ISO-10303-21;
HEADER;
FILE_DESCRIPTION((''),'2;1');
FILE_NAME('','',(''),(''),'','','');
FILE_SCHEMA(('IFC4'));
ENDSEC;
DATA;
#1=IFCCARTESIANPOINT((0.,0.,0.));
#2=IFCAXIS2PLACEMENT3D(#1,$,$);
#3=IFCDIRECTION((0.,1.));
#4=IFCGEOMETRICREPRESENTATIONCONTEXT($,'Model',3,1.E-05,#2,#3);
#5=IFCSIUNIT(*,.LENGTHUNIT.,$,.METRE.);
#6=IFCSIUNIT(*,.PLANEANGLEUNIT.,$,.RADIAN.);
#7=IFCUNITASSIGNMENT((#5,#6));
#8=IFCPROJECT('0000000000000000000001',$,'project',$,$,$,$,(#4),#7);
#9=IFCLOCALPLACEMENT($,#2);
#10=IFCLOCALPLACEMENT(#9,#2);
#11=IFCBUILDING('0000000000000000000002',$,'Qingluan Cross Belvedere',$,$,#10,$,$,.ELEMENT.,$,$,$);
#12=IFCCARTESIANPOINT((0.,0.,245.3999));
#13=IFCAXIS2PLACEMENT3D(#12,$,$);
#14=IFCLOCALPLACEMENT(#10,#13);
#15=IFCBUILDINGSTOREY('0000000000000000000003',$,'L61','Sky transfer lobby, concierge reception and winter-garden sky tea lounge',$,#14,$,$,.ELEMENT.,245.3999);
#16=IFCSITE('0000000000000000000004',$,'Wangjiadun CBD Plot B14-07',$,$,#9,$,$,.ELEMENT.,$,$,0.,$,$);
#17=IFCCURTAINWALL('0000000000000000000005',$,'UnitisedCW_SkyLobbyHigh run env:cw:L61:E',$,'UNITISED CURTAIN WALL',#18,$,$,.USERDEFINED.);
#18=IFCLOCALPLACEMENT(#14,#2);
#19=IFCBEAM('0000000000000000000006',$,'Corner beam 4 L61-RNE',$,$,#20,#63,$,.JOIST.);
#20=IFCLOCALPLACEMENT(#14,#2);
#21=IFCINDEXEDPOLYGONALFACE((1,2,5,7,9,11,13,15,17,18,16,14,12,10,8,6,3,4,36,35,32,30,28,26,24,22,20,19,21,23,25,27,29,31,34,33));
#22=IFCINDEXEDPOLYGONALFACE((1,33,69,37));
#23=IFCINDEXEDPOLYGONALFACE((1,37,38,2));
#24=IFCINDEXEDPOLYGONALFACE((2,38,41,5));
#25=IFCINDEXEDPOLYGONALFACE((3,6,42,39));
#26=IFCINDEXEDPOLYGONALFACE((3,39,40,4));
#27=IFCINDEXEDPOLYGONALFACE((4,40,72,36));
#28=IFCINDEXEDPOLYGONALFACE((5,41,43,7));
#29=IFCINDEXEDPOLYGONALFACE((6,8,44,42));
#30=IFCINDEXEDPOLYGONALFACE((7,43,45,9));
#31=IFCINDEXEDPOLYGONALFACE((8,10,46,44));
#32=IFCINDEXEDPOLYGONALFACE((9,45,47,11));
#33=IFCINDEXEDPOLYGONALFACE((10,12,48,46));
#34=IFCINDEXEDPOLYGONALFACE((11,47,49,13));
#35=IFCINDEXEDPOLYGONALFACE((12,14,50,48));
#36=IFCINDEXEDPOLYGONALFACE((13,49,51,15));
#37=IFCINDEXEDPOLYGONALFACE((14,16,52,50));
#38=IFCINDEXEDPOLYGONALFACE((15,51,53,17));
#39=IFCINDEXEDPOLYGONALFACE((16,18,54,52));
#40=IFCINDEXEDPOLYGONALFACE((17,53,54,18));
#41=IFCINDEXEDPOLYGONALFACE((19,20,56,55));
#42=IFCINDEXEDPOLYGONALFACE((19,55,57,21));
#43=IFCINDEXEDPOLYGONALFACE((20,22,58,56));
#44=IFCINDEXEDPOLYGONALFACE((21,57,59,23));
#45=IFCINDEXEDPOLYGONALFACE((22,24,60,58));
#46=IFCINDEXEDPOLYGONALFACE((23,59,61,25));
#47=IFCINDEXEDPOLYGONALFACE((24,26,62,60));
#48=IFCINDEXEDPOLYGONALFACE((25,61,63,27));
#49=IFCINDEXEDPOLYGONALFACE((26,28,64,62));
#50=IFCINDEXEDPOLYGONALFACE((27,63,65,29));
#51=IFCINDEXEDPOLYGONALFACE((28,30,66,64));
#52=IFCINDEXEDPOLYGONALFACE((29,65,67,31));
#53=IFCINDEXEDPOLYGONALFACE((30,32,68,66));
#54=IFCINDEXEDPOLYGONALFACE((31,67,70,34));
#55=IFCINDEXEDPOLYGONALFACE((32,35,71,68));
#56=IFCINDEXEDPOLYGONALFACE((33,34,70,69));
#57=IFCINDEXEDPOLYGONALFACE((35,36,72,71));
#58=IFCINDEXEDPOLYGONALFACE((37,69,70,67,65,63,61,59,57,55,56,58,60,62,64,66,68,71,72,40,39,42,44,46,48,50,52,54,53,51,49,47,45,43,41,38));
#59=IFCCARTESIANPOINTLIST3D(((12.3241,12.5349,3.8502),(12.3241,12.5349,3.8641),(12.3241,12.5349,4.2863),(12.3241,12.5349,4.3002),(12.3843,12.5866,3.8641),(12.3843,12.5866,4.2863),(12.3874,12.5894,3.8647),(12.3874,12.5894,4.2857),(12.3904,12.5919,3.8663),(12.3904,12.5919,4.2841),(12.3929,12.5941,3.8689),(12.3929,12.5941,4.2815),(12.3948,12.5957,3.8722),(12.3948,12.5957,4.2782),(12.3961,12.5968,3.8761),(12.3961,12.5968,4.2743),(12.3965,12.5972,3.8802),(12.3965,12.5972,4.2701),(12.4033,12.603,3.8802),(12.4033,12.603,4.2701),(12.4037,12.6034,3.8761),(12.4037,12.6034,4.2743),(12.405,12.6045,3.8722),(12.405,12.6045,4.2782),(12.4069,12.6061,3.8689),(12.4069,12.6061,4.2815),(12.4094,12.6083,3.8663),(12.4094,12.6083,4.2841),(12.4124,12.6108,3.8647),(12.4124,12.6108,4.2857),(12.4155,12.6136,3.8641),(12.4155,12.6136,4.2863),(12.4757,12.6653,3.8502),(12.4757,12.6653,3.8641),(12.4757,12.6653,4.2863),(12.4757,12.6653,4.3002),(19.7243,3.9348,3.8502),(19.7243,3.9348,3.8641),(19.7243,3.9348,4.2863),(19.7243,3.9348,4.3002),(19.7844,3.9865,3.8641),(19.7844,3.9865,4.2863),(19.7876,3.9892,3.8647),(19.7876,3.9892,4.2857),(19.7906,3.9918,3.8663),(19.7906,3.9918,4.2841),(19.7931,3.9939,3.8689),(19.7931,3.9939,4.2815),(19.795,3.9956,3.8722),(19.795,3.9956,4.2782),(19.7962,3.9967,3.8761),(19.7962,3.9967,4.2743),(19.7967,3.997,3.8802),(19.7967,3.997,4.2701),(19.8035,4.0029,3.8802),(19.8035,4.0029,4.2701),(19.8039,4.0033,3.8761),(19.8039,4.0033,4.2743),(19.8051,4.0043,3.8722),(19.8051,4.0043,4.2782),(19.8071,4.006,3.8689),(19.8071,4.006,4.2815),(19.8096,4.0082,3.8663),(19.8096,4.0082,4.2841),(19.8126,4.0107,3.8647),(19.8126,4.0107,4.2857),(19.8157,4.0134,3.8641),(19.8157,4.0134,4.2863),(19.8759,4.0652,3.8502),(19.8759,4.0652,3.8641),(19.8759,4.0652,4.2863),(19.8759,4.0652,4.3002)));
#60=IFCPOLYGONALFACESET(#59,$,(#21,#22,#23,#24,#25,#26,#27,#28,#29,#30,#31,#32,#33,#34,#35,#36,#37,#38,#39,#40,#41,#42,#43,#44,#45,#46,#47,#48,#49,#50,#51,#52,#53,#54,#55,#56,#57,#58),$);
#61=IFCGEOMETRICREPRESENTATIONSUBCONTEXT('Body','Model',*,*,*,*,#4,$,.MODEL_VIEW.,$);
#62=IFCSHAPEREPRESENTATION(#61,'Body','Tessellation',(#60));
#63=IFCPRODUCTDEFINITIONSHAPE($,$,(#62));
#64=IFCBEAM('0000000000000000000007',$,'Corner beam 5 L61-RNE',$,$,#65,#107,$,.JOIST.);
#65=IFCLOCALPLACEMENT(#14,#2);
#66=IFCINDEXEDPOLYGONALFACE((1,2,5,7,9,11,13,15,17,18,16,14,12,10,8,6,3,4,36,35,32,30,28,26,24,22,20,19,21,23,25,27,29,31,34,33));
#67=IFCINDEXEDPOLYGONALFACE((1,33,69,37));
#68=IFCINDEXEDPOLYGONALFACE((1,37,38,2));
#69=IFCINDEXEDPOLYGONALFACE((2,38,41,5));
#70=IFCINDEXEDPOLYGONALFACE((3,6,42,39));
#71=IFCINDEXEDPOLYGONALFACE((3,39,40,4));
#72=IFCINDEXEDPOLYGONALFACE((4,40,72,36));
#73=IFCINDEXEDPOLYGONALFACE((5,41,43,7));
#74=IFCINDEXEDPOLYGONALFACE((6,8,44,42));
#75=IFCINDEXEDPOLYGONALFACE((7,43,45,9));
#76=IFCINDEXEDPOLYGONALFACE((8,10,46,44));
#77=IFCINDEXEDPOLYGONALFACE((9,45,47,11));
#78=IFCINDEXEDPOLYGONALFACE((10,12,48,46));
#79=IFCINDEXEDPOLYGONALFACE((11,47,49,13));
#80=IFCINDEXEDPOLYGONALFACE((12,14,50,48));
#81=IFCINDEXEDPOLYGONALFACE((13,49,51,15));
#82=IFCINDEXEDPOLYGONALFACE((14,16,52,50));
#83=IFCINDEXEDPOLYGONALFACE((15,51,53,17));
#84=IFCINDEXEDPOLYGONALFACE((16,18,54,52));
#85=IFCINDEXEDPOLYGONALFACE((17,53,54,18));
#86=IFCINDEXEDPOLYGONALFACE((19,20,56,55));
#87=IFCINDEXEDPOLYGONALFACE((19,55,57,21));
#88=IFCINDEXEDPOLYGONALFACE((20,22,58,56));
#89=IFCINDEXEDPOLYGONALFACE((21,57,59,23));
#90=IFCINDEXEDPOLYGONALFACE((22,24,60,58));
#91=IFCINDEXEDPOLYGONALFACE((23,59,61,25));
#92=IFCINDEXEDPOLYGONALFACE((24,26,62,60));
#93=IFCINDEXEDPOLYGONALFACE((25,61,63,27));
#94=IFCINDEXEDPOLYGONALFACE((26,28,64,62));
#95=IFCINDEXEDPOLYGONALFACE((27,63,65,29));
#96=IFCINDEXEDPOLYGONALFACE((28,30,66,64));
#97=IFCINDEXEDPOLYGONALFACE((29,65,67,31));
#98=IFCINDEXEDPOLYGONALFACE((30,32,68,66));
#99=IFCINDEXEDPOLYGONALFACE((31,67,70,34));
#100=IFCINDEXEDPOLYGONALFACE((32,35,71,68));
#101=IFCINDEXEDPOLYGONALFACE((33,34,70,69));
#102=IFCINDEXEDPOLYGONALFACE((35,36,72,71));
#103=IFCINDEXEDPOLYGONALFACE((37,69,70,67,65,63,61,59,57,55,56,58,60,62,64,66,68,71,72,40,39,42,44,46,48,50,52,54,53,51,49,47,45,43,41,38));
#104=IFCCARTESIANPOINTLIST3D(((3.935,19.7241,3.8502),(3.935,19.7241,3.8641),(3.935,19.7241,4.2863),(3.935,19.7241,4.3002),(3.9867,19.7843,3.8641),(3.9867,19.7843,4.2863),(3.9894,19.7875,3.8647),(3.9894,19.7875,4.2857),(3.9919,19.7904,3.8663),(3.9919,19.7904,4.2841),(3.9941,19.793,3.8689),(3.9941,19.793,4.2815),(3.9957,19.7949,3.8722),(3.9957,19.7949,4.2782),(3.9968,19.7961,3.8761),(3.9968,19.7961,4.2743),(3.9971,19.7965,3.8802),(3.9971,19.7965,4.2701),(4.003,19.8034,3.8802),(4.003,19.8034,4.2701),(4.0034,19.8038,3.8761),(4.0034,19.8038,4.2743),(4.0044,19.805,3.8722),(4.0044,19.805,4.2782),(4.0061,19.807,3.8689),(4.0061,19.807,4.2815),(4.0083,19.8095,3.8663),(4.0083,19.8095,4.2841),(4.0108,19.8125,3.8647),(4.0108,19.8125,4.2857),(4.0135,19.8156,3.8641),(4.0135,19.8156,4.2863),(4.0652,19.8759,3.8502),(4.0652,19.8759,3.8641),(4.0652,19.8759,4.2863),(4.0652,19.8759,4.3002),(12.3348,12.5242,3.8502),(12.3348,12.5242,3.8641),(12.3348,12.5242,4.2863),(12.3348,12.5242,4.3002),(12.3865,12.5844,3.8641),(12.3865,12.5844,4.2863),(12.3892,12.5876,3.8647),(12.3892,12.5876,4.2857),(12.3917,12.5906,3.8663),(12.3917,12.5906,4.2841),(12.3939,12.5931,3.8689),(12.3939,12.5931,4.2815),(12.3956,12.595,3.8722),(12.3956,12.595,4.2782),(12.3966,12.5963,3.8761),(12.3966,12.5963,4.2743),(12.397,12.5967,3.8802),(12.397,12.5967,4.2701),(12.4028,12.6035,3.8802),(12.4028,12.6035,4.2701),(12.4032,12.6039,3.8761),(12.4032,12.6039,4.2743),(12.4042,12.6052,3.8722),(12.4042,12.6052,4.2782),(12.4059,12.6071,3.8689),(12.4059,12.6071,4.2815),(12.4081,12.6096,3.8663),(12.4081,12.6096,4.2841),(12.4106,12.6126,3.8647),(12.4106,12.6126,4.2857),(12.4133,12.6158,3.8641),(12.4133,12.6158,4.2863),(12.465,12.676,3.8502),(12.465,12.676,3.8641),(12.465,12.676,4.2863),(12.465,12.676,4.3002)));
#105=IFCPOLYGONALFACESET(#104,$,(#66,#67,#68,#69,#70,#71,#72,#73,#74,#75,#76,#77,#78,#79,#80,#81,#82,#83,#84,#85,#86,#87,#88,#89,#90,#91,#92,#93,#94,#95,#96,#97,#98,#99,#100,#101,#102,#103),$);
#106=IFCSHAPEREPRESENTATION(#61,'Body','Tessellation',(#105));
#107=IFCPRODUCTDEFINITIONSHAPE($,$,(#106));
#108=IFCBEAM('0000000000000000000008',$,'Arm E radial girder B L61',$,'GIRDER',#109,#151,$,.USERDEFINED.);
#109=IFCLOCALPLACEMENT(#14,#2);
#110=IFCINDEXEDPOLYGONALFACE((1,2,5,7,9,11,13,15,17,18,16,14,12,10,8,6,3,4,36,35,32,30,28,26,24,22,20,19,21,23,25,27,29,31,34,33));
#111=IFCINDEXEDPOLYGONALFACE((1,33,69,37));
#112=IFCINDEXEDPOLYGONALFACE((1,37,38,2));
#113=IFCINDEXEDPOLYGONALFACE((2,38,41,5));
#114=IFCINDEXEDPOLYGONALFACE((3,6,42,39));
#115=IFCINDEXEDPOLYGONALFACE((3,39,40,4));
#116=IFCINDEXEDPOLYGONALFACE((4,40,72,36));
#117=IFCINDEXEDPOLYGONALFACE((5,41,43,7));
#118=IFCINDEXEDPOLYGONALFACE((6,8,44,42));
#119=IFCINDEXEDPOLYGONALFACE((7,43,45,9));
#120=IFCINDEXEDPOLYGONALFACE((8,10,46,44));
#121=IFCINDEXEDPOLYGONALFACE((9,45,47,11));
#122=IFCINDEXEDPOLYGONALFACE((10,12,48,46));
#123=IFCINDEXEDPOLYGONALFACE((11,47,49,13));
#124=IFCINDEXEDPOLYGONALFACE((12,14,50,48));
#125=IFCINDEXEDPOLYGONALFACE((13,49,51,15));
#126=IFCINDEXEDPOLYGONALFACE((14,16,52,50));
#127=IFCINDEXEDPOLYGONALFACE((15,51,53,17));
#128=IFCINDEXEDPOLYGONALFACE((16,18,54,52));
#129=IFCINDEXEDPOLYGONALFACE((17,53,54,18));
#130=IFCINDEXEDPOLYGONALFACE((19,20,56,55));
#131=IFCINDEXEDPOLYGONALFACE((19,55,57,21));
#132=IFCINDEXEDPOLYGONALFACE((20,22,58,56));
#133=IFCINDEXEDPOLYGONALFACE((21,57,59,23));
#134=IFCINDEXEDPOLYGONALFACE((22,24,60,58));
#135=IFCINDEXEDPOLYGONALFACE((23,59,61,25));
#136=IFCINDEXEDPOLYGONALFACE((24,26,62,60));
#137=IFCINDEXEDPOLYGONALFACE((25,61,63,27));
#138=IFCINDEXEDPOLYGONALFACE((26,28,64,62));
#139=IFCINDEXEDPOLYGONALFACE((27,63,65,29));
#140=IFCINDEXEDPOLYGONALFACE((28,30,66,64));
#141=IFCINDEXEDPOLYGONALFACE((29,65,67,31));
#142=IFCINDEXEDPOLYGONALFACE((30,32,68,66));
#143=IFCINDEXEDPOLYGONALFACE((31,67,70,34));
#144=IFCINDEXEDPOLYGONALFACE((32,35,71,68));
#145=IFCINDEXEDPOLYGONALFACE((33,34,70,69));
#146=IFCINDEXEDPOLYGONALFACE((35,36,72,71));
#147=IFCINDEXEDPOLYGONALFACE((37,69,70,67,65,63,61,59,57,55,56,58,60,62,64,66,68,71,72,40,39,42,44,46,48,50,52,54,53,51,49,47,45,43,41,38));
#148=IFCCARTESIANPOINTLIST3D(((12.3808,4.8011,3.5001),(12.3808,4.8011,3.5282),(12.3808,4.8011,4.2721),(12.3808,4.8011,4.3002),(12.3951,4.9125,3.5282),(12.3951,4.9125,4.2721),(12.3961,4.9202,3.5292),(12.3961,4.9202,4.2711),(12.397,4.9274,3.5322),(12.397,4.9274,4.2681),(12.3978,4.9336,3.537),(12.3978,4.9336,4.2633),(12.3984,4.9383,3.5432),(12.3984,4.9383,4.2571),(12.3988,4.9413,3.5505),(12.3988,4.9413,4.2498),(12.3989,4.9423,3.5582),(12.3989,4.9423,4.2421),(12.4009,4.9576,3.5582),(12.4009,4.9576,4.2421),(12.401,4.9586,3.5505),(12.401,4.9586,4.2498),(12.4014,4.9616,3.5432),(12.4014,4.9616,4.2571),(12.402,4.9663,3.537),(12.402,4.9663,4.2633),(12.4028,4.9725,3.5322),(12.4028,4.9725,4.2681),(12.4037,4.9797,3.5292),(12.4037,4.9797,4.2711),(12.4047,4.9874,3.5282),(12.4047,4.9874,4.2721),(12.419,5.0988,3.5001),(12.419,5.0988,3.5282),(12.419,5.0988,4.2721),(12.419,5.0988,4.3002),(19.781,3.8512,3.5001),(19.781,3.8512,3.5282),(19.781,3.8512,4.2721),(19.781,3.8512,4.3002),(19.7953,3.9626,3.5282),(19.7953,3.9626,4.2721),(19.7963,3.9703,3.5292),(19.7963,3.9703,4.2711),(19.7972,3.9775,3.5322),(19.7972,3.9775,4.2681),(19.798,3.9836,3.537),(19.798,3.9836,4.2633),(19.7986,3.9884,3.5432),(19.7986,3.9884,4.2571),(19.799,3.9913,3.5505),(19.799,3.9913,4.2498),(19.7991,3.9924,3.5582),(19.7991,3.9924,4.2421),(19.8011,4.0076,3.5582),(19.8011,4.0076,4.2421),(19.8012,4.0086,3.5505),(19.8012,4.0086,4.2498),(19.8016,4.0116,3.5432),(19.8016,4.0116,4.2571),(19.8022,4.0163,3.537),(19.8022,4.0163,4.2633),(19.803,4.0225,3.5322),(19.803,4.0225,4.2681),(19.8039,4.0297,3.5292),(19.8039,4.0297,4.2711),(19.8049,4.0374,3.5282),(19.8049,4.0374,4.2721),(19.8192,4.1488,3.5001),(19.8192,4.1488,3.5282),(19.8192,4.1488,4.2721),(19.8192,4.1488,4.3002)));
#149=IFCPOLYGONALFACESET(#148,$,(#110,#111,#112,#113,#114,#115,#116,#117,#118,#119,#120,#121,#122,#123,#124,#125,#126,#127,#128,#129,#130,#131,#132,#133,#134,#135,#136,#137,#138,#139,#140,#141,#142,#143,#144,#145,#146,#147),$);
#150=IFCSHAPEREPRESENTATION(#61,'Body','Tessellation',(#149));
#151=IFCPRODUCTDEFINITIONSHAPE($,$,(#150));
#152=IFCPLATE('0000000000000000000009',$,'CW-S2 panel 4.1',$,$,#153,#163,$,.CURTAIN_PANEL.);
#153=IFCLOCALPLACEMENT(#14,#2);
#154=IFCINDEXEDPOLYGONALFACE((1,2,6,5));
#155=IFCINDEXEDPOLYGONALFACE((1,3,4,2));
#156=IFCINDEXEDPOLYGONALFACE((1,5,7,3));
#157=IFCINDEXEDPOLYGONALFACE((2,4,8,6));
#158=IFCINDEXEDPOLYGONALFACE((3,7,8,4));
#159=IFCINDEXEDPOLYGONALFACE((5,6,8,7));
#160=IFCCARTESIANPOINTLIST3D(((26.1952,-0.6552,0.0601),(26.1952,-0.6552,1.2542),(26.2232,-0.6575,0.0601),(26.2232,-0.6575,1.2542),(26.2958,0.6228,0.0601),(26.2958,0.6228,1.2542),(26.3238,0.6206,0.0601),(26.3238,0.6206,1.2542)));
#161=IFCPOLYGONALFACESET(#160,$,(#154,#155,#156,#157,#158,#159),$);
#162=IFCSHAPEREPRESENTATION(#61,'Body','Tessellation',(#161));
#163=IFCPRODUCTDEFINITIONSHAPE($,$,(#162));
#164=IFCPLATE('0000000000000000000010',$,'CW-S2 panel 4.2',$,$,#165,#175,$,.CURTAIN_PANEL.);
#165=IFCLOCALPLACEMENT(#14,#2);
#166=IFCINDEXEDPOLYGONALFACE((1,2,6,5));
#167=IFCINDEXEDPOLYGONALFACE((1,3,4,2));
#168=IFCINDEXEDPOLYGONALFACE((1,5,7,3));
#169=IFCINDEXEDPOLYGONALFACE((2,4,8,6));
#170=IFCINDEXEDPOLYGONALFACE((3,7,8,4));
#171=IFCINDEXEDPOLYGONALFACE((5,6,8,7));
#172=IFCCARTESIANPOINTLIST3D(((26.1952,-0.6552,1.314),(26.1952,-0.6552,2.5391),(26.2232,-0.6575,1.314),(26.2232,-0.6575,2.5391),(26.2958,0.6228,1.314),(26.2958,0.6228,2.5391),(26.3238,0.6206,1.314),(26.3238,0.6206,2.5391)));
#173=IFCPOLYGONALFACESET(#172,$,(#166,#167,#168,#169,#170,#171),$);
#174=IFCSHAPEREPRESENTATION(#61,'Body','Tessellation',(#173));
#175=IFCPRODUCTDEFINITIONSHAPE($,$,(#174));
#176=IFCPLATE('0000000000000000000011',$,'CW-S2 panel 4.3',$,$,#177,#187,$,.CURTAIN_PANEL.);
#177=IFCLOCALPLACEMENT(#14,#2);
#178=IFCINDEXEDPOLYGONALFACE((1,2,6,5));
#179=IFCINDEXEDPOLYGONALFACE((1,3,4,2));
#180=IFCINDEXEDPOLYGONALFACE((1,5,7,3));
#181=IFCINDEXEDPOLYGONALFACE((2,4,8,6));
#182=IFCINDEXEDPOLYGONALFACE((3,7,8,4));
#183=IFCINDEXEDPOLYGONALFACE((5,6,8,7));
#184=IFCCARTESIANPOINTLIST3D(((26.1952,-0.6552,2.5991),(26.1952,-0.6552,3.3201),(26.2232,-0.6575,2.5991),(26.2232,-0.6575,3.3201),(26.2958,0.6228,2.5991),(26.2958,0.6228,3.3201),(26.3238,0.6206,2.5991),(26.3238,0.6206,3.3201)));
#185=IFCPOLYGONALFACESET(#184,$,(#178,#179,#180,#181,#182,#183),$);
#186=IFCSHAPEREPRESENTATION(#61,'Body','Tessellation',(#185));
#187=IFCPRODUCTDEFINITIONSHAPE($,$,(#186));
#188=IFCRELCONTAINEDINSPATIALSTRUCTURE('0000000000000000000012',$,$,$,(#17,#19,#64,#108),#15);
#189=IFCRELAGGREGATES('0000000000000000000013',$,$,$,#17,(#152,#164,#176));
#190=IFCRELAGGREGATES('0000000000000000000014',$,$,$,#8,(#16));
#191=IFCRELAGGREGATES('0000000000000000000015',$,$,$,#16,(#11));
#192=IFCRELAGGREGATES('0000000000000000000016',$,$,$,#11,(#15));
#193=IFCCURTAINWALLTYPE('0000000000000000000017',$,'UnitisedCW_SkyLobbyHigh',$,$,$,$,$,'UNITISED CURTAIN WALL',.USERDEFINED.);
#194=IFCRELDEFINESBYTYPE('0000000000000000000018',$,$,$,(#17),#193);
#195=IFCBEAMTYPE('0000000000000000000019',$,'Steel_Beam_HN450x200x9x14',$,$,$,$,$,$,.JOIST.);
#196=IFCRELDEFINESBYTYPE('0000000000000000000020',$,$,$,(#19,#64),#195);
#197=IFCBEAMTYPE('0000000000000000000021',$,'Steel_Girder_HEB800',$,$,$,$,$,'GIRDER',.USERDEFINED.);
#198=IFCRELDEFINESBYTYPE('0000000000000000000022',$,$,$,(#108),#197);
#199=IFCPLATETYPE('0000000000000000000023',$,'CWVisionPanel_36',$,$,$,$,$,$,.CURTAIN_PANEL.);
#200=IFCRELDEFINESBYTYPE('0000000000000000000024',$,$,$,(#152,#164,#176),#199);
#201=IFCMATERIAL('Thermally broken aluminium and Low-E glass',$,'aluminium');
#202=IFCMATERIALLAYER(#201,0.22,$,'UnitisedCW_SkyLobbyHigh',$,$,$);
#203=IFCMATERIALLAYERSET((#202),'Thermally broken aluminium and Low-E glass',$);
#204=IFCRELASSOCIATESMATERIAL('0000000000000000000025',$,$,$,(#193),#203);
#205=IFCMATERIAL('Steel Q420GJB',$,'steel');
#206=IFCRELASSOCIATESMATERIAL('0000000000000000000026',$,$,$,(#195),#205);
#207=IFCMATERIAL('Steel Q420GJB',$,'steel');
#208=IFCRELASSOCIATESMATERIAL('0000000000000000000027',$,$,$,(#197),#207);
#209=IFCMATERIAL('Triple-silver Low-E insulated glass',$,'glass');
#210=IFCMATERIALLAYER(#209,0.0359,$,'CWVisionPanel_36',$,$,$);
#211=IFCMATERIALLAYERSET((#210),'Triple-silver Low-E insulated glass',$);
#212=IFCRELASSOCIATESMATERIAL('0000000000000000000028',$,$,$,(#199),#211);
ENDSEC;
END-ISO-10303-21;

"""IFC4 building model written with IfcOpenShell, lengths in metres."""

from ifc_helpers import new_model, si_unit, direction, frame, origin, origin_2d, place, context, subcontext, project, spatial, rectangle, i_section, extrude, material, layer, layer_set, material_profile, profile_set, type_object, element, aggregate, save


model = new_model("IFC4")

# Units and contexts
model_context = context("Model", 3, precision=1e-05, world=origin(), true_north=direction((0.0, 1.0)))
body_context = subcontext(model_context, "Body", "Model", "MODEL_VIEW")
ifc_project = project(units=[si_unit("LENGTHUNIT", "METRE"), si_unit("PLANEANGLEUNIT", "RADIAN")], contexts=[model_context])

# Site, building, storey
site_placement = place(None, origin())
site = spatial("IfcSite", under=ifc_project, at=site_placement, Name="Wangjiadun CBD Plot B14-07", CompositionType="ELEMENT", RefElevation=0.0)
building_placement = place(site_placement, origin())
building = spatial("IfcBuilding", under=site, at=building_placement, Name="Qingluan Cross Belvedere", CompositionType="ELEMENT")
storey_placement = place(building_placement, frame((0.0, 0.0, 245.3999)))
storey = spatial("IfcBuildingStorey", under=building, at=storey_placement, Name="L61", Description="Sky transfer lobby, concierge reception and winter-garden sky tea lounge", CompositionType="ELEMENT", Elevation=245.3999)

# Curtain wall
ifc_material_1 = material(Name="Thermally broken aluminium and Low-E glass", Category="aluminium")
ifc_layer_1 = layer(ifc_material_1, 0.22, Name="UnitisedCW_SkyLobbyHigh")
ifc_layer_set_1 = layer_set([ifc_layer_1], Name="Thermally broken aluminium and Low-E glass")
curtain_wall_type = type_object("IfcCurtainWallType", Name="UnitisedCW_SkyLobbyHigh", ElementType="UNITISED CURTAIN WALL", PredefinedType="USERDEFINED", material=ifc_layer_set_1)
curtain_wall_placement = place(storey_placement, origin())
curtain_wall = element("IfcCurtainWall", 1, at=curtain_wall_placement, inside=storey, type_object=curtain_wall_type, Name="UnitisedCW_SkyLobbyHigh run env:cw:L61:E", ObjectType="UNITISED CURTAIN WALL", PredefinedType="USERDEFINED")

# Beams
ifc_material_2 = material(Name="Steel Q420GJB", Category="steel")
ifc_material_profile_1 = material_profile(ifc_material_2, i_section(OverallWidth=0.2, OverallDepth=0.45, WebThickness=0.009, FlangeThickness=0.0139, FilletRadius=0.0161, at=origin_2d()), Name="HN450x200x9x14")
ifc_profile_set_1 = profile_set([ifc_material_profile_1], Name="Steel Q420GJB")
beam_type_1 = type_object("IfcBeamType", Name="Steel_Beam_HN450x200x9x14", PredefinedType="JOIST", material=ifc_profile_set_1)
beam_1_placement = place(storey_placement, frame((12.3999, 12.6001, 4.0752), z_axis=(0.652245, -0.758008, 0.0), x_axis=(0.758008, 0.652245, 0.0)))
element("IfcBeam", 2, at=beam_1_placement, inside=storey, type_object=beam_type_1, Name="Corner beam 4 L61-RNE", PredefinedType="JOIST", context=body_context, shape_type="SweptSolid", body=[
    extrude(i_section(OverallWidth=0.2, OverallDepth=0.45, WebThickness=0.009, FlangeThickness=0.0139, FilletRadius=0.0161, at=origin_2d()), origin(), (0.0, 0.0, 1.0), 11.3457),
])
beam_2_placement = place(storey_placement, frame((12.3999, 12.6001, 4.0752), z_axis=(-0.759255, 0.650793, 0.0), x_axis=(-0.650793, -0.759255, 0.0)))
element("IfcBeam", 3, at=beam_2_placement, inside=storey, type_object=beam_type_1, Name="Corner beam 5 L61-RNE", PredefinedType="JOIST", context=body_context, shape_type="SweptSolid", body=[
    extrude(i_section(OverallWidth=0.2, OverallDepth=0.45, WebThickness=0.009, FlangeThickness=0.0139, FilletRadius=0.0161, at=origin_2d()), origin(), (0.0, 0.0, 1.0), 11.0632),
])
ifc_material_3 = material(Name="Steel Q420GJB", Category="steel")
ifc_material_profile_2 = material_profile(ifc_material_3, i_section(OverallWidth=0.3, OverallDepth=0.8, WebThickness=0.0154, FlangeThickness=0.0281, FilletRadius=0.03, at=origin_2d()), Name="HEB800")
ifc_profile_set_2 = profile_set([ifc_material_profile_2], Name="Steel Q420GJB")
beam_type_2 = type_object("IfcBeamType", Name="Steel_Girder_HEB800", ElementType="GIRDER", PredefinedType="USERDEFINED", material=ifc_profile_set_2)
beam_3_placement = place(storey_placement, frame((12.3999, 4.95, 3.9001), z_axis=(0.991861, -0.127324, 0.0), x_axis=(0.127324, 0.991861, 0.0)))
element("IfcBeam", 4, at=beam_3_placement, inside=storey, type_object=beam_type_2, Name="Arm E radial girder B L61", ObjectType="GIRDER", PredefinedType="USERDEFINED", context=body_context, shape_type="SweptSolid", body=[
    extrude(i_section(OverallWidth=0.3, OverallDepth=0.8, WebThickness=0.0154, FlangeThickness=0.0281, FilletRadius=0.03, at=origin_2d()), origin(), (0.0, 0.0, 1.0), 7.4609),
])

# Plates
ifc_material_4 = material(Name="Triple-silver Low-E insulated glass", Category="glass")
ifc_layer_2 = layer(ifc_material_4, 0.0359, Name="CWVisionPanel_36")
ifc_layer_set_2 = layer_set([ifc_layer_2], Name="Triple-silver Low-E insulated glass")
plate_type = type_object("IfcPlateType", Name="CWVisionPanel_36", PredefinedType="CURTAIN_PANEL", material=ifc_layer_set_2)
plate_1_placement = place(storey_placement, frame((26.2595, -0.0173, 0.0601), z_axis=(0.0, 0.0, 1.0), x_axis=(0.078462, 0.996917, 0.0)))
plate_1 = element("IfcPlate", 5, at=plate_1_placement, type_object=plate_type, Name="CW-S2 panel 4.1", PredefinedType="CURTAIN_PANEL", context=body_context, shape_type="SweptSolid", body=[
    extrude(rectangle(XDim=1.282, YDim=0.0281, at=origin_2d()), origin(), (0.0, 0.0, 1.0), 1.1941),
])
plate_2_placement = place(storey_placement, frame((26.2595, -0.0173, 1.314), z_axis=(0.0, 0.0, 1.0), x_axis=(0.078462, 0.996917, 0.0)))
plate_2 = element("IfcPlate", 6, at=plate_2_placement, type_object=plate_type, Name="CW-S2 panel 4.2", PredefinedType="CURTAIN_PANEL", context=body_context, shape_type="SweptSolid", body=[
    extrude(rectangle(XDim=1.282, YDim=0.0281, at=origin_2d()), origin(), (0.0, 0.0, 1.0), 1.2251),
])
plate_3_placement = place(storey_placement, frame((26.2595, -0.0173, 2.5991), z_axis=(0.0, 0.0, 1.0), x_axis=(0.078462, 0.996917, 0.0)))
plate_3 = element("IfcPlate", 7, at=plate_3_placement, type_object=plate_type, Name="CW-S2 panel 4.3", PredefinedType="CURTAIN_PANEL", context=body_context, shape_type="SweptSolid", body=[
    extrude(rectangle(XDim=1.282, YDim=0.0281, at=origin_2d()), origin(), (0.0, 0.0, 1.0), 0.7209),
])
aggregate(curtain_wall, [plate_1, plate_2, plate_3])

save(model, "model.ifc")
